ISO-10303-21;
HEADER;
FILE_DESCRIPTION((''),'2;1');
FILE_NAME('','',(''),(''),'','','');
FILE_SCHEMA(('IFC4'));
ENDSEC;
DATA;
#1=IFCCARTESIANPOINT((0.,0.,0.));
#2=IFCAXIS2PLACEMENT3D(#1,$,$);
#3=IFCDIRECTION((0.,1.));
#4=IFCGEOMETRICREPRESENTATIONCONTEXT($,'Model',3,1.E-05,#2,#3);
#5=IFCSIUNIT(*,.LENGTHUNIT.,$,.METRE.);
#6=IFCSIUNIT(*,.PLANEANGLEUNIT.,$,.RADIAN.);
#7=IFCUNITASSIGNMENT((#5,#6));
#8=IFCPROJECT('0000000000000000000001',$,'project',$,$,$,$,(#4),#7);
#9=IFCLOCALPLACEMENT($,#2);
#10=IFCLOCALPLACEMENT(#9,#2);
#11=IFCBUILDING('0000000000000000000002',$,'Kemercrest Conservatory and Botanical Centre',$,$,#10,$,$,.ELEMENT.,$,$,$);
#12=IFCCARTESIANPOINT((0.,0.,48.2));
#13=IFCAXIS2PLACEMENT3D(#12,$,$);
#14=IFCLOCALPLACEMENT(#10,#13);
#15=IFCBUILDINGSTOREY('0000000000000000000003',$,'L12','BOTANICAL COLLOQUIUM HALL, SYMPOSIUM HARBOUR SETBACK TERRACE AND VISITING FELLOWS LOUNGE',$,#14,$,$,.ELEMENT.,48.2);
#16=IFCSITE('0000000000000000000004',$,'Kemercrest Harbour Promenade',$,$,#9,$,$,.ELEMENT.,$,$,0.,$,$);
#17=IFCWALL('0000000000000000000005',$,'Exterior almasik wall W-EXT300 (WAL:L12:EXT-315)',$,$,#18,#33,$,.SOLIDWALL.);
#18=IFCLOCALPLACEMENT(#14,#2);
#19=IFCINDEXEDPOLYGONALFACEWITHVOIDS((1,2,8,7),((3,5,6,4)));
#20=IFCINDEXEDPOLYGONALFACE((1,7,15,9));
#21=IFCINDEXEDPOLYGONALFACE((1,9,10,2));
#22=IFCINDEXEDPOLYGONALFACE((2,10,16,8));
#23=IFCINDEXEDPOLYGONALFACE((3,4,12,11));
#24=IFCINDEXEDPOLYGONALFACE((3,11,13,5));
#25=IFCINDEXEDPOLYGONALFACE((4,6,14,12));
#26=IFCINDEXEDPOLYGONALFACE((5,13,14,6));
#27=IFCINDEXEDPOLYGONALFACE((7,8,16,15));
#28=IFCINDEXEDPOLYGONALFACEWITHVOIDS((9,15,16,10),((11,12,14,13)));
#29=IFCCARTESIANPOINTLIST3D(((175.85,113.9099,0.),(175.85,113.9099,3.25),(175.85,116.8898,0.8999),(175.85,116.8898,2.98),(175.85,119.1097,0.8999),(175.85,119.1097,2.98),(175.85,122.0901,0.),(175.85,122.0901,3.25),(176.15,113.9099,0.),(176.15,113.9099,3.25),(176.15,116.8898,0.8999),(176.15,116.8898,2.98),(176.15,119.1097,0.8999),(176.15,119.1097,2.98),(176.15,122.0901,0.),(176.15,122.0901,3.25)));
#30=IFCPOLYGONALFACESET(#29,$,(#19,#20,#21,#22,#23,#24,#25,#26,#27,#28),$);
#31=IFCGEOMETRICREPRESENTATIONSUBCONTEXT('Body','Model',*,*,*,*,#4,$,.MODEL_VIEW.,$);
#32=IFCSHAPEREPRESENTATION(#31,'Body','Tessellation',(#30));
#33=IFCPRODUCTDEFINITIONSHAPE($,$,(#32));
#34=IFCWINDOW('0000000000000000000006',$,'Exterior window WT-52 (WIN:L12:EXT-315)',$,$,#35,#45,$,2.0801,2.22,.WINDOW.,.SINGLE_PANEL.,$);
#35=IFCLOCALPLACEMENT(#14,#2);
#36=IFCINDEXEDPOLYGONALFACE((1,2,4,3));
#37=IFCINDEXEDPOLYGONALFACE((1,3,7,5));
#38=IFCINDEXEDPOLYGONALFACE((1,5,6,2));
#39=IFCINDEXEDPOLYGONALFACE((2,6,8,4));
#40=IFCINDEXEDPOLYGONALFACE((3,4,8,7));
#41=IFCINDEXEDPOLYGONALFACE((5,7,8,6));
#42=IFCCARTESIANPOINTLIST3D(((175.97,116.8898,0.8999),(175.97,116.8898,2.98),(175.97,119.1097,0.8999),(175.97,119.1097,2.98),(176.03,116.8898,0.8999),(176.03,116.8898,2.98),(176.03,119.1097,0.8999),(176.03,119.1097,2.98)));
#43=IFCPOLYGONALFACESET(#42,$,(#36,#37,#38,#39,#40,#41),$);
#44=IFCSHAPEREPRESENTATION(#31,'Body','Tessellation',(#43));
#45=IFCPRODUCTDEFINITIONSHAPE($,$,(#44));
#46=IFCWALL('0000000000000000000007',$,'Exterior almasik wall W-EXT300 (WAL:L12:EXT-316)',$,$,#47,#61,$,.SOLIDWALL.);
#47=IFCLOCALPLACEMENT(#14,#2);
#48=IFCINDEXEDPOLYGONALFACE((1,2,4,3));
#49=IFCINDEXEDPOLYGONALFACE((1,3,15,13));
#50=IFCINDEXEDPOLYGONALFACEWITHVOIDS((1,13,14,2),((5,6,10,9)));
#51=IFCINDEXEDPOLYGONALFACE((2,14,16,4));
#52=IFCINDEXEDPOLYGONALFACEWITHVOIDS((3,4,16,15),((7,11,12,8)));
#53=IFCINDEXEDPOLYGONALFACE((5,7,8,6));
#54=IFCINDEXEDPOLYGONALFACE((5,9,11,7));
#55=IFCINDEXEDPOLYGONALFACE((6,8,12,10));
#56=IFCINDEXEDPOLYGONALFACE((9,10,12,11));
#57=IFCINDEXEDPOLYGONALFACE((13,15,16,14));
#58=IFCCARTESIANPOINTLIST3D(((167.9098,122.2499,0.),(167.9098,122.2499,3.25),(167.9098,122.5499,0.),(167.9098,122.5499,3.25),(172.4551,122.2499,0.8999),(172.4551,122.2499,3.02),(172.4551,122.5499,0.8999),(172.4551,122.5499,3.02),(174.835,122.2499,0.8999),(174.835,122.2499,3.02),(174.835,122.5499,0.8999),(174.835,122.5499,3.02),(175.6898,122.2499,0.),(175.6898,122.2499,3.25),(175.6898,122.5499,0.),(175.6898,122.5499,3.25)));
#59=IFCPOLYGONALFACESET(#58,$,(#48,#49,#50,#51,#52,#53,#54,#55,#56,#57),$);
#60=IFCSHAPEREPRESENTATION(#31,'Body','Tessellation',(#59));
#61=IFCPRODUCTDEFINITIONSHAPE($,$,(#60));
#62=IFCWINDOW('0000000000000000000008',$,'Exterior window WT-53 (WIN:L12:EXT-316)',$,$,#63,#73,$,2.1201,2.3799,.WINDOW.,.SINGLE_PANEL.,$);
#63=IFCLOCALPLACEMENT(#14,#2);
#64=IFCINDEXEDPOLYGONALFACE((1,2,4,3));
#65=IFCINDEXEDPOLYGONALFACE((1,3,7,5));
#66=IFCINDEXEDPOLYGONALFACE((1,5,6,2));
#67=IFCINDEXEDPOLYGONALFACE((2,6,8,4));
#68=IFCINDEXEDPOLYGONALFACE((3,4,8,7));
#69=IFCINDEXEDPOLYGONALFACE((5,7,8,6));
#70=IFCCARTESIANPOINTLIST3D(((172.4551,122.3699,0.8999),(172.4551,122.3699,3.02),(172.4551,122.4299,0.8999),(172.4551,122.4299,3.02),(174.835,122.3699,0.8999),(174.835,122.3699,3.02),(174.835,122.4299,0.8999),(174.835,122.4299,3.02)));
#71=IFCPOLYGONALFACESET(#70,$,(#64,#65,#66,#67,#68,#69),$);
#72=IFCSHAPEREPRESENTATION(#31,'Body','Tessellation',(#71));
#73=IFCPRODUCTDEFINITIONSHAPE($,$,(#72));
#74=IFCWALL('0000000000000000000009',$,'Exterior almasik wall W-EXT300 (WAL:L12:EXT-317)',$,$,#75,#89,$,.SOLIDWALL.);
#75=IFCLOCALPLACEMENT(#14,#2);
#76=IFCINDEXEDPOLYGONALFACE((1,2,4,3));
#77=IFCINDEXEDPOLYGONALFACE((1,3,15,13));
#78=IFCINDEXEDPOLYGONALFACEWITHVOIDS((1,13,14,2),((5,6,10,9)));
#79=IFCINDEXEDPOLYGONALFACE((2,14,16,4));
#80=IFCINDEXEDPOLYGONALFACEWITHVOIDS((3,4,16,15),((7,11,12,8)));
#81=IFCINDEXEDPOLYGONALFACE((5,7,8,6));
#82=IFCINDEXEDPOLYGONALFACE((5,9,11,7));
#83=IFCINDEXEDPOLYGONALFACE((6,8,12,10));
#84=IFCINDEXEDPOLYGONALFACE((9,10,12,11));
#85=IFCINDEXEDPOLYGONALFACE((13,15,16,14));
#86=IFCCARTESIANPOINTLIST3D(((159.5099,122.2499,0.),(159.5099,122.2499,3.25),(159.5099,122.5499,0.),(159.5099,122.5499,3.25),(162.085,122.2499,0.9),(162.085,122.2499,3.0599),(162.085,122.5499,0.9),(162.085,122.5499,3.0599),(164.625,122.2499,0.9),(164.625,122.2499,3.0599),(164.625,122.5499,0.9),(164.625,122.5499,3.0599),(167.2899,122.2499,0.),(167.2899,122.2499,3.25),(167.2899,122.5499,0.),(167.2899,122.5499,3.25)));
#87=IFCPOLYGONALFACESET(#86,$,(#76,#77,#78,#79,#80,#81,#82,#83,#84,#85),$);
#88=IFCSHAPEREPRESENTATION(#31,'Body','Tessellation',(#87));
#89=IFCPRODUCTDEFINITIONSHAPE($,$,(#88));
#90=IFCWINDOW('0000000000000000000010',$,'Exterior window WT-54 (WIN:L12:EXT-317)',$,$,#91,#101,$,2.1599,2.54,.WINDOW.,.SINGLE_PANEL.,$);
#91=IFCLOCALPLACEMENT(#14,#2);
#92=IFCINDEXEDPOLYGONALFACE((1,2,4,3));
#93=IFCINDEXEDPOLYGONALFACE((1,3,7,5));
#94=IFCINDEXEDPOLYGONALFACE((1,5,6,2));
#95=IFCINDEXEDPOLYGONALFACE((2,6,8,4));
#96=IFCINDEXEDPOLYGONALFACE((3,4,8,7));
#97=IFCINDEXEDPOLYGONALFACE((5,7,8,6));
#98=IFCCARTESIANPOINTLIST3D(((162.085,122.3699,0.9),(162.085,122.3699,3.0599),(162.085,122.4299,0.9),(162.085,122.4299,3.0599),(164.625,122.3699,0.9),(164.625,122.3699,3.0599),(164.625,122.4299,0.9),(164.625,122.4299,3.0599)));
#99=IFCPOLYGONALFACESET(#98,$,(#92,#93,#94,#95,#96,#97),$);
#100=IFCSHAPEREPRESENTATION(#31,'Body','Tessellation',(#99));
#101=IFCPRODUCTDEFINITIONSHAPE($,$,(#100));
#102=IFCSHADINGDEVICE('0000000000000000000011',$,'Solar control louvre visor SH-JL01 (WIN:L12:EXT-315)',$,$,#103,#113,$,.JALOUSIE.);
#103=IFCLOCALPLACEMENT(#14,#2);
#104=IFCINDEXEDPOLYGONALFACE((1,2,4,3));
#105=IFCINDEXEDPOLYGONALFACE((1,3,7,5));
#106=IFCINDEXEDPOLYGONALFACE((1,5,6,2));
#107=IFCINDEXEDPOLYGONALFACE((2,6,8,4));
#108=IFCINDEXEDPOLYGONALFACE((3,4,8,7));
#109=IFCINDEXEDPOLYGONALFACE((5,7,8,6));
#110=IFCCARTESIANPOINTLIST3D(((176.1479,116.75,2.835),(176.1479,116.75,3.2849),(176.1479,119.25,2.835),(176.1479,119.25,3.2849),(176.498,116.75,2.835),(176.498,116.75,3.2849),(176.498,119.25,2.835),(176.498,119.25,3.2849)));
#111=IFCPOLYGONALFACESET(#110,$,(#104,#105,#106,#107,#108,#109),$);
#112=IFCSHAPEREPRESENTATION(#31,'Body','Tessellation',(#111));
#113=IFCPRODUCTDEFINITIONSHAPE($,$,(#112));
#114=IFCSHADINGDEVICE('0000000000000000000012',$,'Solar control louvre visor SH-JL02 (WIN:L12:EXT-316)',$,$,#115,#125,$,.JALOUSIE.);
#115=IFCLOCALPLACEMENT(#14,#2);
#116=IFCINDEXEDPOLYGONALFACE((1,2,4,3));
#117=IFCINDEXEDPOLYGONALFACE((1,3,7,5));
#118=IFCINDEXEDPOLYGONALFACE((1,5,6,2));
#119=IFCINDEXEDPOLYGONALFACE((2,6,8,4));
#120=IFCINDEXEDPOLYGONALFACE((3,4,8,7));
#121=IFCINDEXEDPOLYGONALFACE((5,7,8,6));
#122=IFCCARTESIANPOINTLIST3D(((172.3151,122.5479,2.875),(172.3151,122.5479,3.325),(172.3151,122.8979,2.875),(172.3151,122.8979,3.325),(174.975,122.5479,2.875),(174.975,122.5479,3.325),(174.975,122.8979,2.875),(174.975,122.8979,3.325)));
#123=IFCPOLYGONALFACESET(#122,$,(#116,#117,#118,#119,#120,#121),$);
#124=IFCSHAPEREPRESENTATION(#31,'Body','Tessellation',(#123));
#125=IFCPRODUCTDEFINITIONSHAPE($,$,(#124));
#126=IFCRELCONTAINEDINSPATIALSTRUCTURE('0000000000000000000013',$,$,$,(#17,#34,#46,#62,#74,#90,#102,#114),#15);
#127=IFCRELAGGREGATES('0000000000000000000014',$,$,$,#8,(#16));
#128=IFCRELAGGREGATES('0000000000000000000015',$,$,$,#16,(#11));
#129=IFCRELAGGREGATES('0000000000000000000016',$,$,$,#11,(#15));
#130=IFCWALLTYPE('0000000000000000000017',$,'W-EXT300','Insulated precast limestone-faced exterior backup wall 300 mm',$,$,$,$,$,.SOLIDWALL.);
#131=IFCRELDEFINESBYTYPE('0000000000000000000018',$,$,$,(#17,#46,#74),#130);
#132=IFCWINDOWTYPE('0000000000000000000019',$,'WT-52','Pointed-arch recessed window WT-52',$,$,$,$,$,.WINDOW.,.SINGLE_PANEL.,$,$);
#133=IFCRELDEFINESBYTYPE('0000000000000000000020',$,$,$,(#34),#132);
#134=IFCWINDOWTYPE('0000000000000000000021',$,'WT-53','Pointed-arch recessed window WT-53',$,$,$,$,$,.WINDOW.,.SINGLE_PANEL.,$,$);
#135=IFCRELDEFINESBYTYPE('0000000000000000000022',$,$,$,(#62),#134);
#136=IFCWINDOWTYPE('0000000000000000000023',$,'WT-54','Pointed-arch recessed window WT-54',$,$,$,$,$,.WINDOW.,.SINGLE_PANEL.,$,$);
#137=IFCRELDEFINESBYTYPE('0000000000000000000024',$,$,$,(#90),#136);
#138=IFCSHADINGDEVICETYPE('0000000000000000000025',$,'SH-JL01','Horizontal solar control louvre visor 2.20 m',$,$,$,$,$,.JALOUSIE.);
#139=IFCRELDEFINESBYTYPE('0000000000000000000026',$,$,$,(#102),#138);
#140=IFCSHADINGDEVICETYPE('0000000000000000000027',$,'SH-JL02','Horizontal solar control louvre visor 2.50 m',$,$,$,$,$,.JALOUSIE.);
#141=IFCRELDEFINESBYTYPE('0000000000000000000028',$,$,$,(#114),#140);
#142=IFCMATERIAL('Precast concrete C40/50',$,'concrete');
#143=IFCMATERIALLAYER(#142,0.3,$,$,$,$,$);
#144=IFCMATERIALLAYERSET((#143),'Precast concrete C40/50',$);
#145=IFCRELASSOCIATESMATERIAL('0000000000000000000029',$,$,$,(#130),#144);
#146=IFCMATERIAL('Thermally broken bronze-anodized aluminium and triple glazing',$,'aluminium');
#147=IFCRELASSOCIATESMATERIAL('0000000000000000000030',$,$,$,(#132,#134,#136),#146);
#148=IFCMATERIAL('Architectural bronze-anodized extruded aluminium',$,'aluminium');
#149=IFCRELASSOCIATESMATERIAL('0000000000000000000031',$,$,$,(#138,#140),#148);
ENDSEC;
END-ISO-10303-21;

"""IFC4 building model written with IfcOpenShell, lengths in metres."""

from ifc_helpers import new_model, si_unit, direction, frame, frame_2d, origin, origin_2d, place, context, subcontext, project, spatial, rectangle, extrude, material, layer, layer_set, type_object, element, fill, save


model = new_model("IFC4")

# Units and contexts
model_context = context("Model", 3, precision=1e-05, world=origin(), true_north=direction((0.0, 1.0)))
body_context = subcontext(model_context, "Body", "Model", "MODEL_VIEW")
ifc_project = project(units=[si_unit("LENGTHUNIT", "METRE"), si_unit("PLANEANGLEUNIT", "RADIAN")], contexts=[model_context])

# Site, building, storey
site_placement = place(None, origin())
site = spatial("IfcSite", under=ifc_project, at=site_placement, Name="Kemercrest Harbour Promenade", CompositionType="ELEMENT", RefElevation=0.0)
building_placement = place(site_placement, origin())
building = spatial("IfcBuilding", under=site, at=building_placement, Name="Kemercrest Conservatory and Botanical Centre", CompositionType="ELEMENT")
storey_placement = place(building_placement, frame((0.0, 0.0, 48.2)))
storey = spatial("IfcBuildingStorey", under=building, at=storey_placement, Name="L12", Description="BOTANICAL COLLOQUIUM HALL, SYMPOSIUM HARBOUR SETBACK TERRACE AND VISITING FELLOWS LOUNGE", CompositionType="ELEMENT", Elevation=48.2)

# Walls, openings, windows
ifc_material_1 = material(Name="Precast concrete C40/50", Category="concrete")
ifc_layer_1 = layer(ifc_material_1, 0.3)
ifc_layer_set_1 = layer_set([ifc_layer_1], Name="Precast concrete C40/50")
wall_type = type_object("IfcWallType", Name="W-EXT300", Description="Insulated precast limestone-faced exterior backup wall 300 mm", PredefinedType="SOLIDWALL", material=ifc_layer_set_1)
wall_1_placement = place(storey_placement, frame((176.0, 113.9099, 0.0), z_axis=(0.0, 0.0, 1.0), x_axis=(0.0, 1.0, 0.0)))
wall_1 = element("IfcWall", 1, at=wall_1_placement, inside=storey, type_object=wall_type, Name="Exterior almasik wall W-EXT300 (WAL:L12:EXT-315)", PredefinedType="SOLIDWALL", context=body_context, shape_type="SweptSolid", body=[
    extrude(rectangle(XDim=8.1802, YDim=0.3, at=frame_2d((4.0901, 0.0))), origin(), (0.0, 0.0, 1.0), 3.25),
])
opening_1_placement = place(wall_1_placement, frame((2.98, 0.0, 0.8999)))
opening_1 = element("IfcOpeningElement", 2, at=opening_1_placement, cuts=wall_1, PredefinedType="OPENING", context=body_context, shape_type="SweptSolid", body=[
    extrude(rectangle(XDim=2.22, YDim=2.0801, at=frame_2d((1.1099, 1.04))), frame((0.0, 0.1602, 0.0), z_axis=(0.0, -1.0, 0.0), x_axis=(1.0, 0.0, 0.0)), (0.0, 0.0, 1.0), 0.3201),
])
ifc_material_2 = material(Name="Thermally broken bronze-anodized aluminium and triple glazing", Category="aluminium")
window_type_1 = type_object("IfcWindowType", Name="WT-52", Description="Pointed-arch recessed window WT-52", PartitioningType="SINGLE_PANEL", PredefinedType="WINDOW", material=ifc_material_2)
window_1_placement = place(opening_1_placement, origin())
window_1 = element("IfcWindow", 3, at=window_1_placement, inside=storey, type_object=window_type_1, Name="Exterior window WT-52 (WIN:L12:EXT-315)", OverallHeight=2.0801, OverallWidth=2.22, PartitioningType="SINGLE_PANEL", PredefinedType="WINDOW", context=body_context, shape_type="SweptSolid", body=[
    extrude(rectangle(XDim=2.22, YDim=2.0801, at=frame_2d((1.1099, 1.04))), frame((0.0, 0.03, 0.0), z_axis=(0.0, -1.0, 0.0), x_axis=(1.0, 0.0, 0.0)), (0.0, 0.0, 1.0), 0.0601),
])
fill(opening_1, window_1)
wall_2_placement = place(storey_placement, frame((175.6899, 122.3999, 0.0), z_axis=(0.0, 0.0, 1.0), x_axis=(-1.0, 0.0, 0.0)))
wall_2 = element("IfcWall", 4, at=wall_2_placement, inside=storey, type_object=wall_type, Name="Exterior almasik wall W-EXT300 (WAL:L12:EXT-316)", PredefinedType="SOLIDWALL", context=body_context, shape_type="SweptSolid", body=[
    extrude(rectangle(XDim=7.78, YDim=0.3, at=frame_2d((3.8901, 0.0))), origin(), (0.0, 0.0, 1.0), 3.25),
])
opening_2_placement = place(wall_2_placement, frame((0.855, 0.0, 0.8999)))
opening_2 = element("IfcOpeningElement", 5, at=opening_2_placement, cuts=wall_2, PredefinedType="OPENING", context=body_context, shape_type="SweptSolid", body=[
    extrude(rectangle(XDim=2.3799, YDim=2.1201, at=frame_2d((1.1899, 1.0601))), frame((0.0, 0.1602, 0.0), z_axis=(0.0, -1.0, 0.0), x_axis=(1.0, 0.0, 0.0)), (0.0, 0.0, 1.0), 0.3201),
])
window_type_2 = type_object("IfcWindowType", Name="WT-53", Description="Pointed-arch recessed window WT-53", PartitioningType="SINGLE_PANEL", PredefinedType="WINDOW", material=ifc_material_2)
window_2_placement = place(opening_2_placement, origin())
window_2 = element("IfcWindow", 6, at=window_2_placement, inside=storey, type_object=window_type_2, Name="Exterior window WT-53 (WIN:L12:EXT-316)", OverallHeight=2.1201, OverallWidth=2.3799, PartitioningType="SINGLE_PANEL", PredefinedType="WINDOW", context=body_context, shape_type="SweptSolid", body=[
    extrude(rectangle(XDim=2.3799, YDim=2.1201, at=frame_2d((1.1899, 1.0601))), frame((0.0, 0.03, 0.0), z_axis=(0.0, -1.0, 0.0), x_axis=(1.0, 0.0, 0.0)), (0.0, 0.0, 1.0), 0.0601),
])
fill(opening_2, window_2)
wall_3_placement = place(storey_placement, frame((167.29, 122.3999, 0.0), z_axis=(0.0, 0.0, 1.0), x_axis=(-1.0, 0.0, 0.0)))
wall_3 = element("IfcWall", 7, at=wall_3_placement, inside=storey, type_object=wall_type, Name="Exterior almasik wall W-EXT300 (WAL:L12:EXT-317)", PredefinedType="SOLIDWALL", context=body_context, shape_type="SweptSolid", body=[
    extrude(rectangle(XDim=7.78, YDim=0.3, at=frame_2d((3.8901, 0.0))), origin(), (0.0, 0.0, 1.0), 3.25),
])
opening_3_placement = place(wall_3_placement, frame((2.665, 0.0, 0.8999)))
opening_3 = element("IfcOpeningElement", 8, at=opening_3_placement, cuts=wall_3, PredefinedType="OPENING", context=body_context, shape_type="SweptSolid", body=[
    extrude(rectangle(XDim=2.54, YDim=2.1599, at=frame_2d((1.27, 1.0801))), frame((0.0, 0.1602, 0.0), z_axis=(0.0, -1.0, 0.0), x_axis=(1.0, 0.0, 0.0)), (0.0, 0.0, 1.0), 0.3201),
])
window_type_3 = type_object("IfcWindowType", Name="WT-54", Description="Pointed-arch recessed window WT-54", PartitioningType="SINGLE_PANEL", PredefinedType="WINDOW", material=ifc_material_2)
window_3_placement = place(opening_3_placement, origin())
window_3 = element("IfcWindow", 9, at=window_3_placement, inside=storey, type_object=window_type_3, Name="Exterior window WT-54 (WIN:L12:EXT-317)", OverallHeight=2.1599, OverallWidth=2.54, PartitioningType="SINGLE_PANEL", PredefinedType="WINDOW", context=body_context, shape_type="SweptSolid", body=[
    extrude(rectangle(XDim=2.54, YDim=2.1599, at=frame_2d((1.27, 1.0801))), frame((0.0, 0.03, 0.0), z_axis=(0.0, -1.0, 0.0), x_axis=(1.0, 0.0, 0.0)), (0.0, 0.0, 1.0), 0.0601),
])
fill(opening_3, window_3)

# Shading devices
ifc_material_3 = material(Name="Architectural bronze-anodized extruded aluminium", Category="aluminium")
shading_device_type_1 = type_object("IfcShadingDeviceType", Name="SH-JL01", Description="Horizontal solar control louvre visor 2.20 m", PredefinedType="JALOUSIE", material=ifc_material_3)
shading_device_1_placement = place(storey_placement, frame((176.323, 118.0, 2.835), z_axis=(0.0, 0.0, 1.0), x_axis=(0.0, 1.0, 0.0)))
element("IfcShadingDevice", 10, at=shading_device_1_placement, inside=storey, type_object=shading_device_type_1, Name="Solar control louvre visor SH-JL01 (WIN:L12:EXT-315)", PredefinedType="JALOUSIE", context=body_context, shape_type="SweptSolid", body=[
    extrude(rectangle(XDim=2.5, YDim=0.3501, at=origin_2d()), origin(), (0.0, 0.0, 1.0), 0.45),
])
shading_device_type_2 = type_object("IfcShadingDeviceType", Name="SH-JL02", Description="Horizontal solar control louvre visor 2.50 m", PredefinedType="JALOUSIE", material=ifc_material_3)
shading_device_2_placement = place(storey_placement, frame((173.645, 122.7229, 2.875), z_axis=(0.0, 0.0, 1.0), x_axis=(-1.0, 0.0, 0.0)))
element("IfcShadingDevice", 11, at=shading_device_2_placement, inside=storey, type_object=shading_device_type_2, Name="Solar control louvre visor SH-JL02 (WIN:L12:EXT-316)", PredefinedType="JALOUSIE", context=body_context, shape_type="SweptSolid", body=[
    extrude(rectangle(XDim=2.6599, YDim=0.3501, at=origin_2d()), origin(), (0.0, 0.0, 1.0), 0.45),
])

save(model, "model.ifc")
